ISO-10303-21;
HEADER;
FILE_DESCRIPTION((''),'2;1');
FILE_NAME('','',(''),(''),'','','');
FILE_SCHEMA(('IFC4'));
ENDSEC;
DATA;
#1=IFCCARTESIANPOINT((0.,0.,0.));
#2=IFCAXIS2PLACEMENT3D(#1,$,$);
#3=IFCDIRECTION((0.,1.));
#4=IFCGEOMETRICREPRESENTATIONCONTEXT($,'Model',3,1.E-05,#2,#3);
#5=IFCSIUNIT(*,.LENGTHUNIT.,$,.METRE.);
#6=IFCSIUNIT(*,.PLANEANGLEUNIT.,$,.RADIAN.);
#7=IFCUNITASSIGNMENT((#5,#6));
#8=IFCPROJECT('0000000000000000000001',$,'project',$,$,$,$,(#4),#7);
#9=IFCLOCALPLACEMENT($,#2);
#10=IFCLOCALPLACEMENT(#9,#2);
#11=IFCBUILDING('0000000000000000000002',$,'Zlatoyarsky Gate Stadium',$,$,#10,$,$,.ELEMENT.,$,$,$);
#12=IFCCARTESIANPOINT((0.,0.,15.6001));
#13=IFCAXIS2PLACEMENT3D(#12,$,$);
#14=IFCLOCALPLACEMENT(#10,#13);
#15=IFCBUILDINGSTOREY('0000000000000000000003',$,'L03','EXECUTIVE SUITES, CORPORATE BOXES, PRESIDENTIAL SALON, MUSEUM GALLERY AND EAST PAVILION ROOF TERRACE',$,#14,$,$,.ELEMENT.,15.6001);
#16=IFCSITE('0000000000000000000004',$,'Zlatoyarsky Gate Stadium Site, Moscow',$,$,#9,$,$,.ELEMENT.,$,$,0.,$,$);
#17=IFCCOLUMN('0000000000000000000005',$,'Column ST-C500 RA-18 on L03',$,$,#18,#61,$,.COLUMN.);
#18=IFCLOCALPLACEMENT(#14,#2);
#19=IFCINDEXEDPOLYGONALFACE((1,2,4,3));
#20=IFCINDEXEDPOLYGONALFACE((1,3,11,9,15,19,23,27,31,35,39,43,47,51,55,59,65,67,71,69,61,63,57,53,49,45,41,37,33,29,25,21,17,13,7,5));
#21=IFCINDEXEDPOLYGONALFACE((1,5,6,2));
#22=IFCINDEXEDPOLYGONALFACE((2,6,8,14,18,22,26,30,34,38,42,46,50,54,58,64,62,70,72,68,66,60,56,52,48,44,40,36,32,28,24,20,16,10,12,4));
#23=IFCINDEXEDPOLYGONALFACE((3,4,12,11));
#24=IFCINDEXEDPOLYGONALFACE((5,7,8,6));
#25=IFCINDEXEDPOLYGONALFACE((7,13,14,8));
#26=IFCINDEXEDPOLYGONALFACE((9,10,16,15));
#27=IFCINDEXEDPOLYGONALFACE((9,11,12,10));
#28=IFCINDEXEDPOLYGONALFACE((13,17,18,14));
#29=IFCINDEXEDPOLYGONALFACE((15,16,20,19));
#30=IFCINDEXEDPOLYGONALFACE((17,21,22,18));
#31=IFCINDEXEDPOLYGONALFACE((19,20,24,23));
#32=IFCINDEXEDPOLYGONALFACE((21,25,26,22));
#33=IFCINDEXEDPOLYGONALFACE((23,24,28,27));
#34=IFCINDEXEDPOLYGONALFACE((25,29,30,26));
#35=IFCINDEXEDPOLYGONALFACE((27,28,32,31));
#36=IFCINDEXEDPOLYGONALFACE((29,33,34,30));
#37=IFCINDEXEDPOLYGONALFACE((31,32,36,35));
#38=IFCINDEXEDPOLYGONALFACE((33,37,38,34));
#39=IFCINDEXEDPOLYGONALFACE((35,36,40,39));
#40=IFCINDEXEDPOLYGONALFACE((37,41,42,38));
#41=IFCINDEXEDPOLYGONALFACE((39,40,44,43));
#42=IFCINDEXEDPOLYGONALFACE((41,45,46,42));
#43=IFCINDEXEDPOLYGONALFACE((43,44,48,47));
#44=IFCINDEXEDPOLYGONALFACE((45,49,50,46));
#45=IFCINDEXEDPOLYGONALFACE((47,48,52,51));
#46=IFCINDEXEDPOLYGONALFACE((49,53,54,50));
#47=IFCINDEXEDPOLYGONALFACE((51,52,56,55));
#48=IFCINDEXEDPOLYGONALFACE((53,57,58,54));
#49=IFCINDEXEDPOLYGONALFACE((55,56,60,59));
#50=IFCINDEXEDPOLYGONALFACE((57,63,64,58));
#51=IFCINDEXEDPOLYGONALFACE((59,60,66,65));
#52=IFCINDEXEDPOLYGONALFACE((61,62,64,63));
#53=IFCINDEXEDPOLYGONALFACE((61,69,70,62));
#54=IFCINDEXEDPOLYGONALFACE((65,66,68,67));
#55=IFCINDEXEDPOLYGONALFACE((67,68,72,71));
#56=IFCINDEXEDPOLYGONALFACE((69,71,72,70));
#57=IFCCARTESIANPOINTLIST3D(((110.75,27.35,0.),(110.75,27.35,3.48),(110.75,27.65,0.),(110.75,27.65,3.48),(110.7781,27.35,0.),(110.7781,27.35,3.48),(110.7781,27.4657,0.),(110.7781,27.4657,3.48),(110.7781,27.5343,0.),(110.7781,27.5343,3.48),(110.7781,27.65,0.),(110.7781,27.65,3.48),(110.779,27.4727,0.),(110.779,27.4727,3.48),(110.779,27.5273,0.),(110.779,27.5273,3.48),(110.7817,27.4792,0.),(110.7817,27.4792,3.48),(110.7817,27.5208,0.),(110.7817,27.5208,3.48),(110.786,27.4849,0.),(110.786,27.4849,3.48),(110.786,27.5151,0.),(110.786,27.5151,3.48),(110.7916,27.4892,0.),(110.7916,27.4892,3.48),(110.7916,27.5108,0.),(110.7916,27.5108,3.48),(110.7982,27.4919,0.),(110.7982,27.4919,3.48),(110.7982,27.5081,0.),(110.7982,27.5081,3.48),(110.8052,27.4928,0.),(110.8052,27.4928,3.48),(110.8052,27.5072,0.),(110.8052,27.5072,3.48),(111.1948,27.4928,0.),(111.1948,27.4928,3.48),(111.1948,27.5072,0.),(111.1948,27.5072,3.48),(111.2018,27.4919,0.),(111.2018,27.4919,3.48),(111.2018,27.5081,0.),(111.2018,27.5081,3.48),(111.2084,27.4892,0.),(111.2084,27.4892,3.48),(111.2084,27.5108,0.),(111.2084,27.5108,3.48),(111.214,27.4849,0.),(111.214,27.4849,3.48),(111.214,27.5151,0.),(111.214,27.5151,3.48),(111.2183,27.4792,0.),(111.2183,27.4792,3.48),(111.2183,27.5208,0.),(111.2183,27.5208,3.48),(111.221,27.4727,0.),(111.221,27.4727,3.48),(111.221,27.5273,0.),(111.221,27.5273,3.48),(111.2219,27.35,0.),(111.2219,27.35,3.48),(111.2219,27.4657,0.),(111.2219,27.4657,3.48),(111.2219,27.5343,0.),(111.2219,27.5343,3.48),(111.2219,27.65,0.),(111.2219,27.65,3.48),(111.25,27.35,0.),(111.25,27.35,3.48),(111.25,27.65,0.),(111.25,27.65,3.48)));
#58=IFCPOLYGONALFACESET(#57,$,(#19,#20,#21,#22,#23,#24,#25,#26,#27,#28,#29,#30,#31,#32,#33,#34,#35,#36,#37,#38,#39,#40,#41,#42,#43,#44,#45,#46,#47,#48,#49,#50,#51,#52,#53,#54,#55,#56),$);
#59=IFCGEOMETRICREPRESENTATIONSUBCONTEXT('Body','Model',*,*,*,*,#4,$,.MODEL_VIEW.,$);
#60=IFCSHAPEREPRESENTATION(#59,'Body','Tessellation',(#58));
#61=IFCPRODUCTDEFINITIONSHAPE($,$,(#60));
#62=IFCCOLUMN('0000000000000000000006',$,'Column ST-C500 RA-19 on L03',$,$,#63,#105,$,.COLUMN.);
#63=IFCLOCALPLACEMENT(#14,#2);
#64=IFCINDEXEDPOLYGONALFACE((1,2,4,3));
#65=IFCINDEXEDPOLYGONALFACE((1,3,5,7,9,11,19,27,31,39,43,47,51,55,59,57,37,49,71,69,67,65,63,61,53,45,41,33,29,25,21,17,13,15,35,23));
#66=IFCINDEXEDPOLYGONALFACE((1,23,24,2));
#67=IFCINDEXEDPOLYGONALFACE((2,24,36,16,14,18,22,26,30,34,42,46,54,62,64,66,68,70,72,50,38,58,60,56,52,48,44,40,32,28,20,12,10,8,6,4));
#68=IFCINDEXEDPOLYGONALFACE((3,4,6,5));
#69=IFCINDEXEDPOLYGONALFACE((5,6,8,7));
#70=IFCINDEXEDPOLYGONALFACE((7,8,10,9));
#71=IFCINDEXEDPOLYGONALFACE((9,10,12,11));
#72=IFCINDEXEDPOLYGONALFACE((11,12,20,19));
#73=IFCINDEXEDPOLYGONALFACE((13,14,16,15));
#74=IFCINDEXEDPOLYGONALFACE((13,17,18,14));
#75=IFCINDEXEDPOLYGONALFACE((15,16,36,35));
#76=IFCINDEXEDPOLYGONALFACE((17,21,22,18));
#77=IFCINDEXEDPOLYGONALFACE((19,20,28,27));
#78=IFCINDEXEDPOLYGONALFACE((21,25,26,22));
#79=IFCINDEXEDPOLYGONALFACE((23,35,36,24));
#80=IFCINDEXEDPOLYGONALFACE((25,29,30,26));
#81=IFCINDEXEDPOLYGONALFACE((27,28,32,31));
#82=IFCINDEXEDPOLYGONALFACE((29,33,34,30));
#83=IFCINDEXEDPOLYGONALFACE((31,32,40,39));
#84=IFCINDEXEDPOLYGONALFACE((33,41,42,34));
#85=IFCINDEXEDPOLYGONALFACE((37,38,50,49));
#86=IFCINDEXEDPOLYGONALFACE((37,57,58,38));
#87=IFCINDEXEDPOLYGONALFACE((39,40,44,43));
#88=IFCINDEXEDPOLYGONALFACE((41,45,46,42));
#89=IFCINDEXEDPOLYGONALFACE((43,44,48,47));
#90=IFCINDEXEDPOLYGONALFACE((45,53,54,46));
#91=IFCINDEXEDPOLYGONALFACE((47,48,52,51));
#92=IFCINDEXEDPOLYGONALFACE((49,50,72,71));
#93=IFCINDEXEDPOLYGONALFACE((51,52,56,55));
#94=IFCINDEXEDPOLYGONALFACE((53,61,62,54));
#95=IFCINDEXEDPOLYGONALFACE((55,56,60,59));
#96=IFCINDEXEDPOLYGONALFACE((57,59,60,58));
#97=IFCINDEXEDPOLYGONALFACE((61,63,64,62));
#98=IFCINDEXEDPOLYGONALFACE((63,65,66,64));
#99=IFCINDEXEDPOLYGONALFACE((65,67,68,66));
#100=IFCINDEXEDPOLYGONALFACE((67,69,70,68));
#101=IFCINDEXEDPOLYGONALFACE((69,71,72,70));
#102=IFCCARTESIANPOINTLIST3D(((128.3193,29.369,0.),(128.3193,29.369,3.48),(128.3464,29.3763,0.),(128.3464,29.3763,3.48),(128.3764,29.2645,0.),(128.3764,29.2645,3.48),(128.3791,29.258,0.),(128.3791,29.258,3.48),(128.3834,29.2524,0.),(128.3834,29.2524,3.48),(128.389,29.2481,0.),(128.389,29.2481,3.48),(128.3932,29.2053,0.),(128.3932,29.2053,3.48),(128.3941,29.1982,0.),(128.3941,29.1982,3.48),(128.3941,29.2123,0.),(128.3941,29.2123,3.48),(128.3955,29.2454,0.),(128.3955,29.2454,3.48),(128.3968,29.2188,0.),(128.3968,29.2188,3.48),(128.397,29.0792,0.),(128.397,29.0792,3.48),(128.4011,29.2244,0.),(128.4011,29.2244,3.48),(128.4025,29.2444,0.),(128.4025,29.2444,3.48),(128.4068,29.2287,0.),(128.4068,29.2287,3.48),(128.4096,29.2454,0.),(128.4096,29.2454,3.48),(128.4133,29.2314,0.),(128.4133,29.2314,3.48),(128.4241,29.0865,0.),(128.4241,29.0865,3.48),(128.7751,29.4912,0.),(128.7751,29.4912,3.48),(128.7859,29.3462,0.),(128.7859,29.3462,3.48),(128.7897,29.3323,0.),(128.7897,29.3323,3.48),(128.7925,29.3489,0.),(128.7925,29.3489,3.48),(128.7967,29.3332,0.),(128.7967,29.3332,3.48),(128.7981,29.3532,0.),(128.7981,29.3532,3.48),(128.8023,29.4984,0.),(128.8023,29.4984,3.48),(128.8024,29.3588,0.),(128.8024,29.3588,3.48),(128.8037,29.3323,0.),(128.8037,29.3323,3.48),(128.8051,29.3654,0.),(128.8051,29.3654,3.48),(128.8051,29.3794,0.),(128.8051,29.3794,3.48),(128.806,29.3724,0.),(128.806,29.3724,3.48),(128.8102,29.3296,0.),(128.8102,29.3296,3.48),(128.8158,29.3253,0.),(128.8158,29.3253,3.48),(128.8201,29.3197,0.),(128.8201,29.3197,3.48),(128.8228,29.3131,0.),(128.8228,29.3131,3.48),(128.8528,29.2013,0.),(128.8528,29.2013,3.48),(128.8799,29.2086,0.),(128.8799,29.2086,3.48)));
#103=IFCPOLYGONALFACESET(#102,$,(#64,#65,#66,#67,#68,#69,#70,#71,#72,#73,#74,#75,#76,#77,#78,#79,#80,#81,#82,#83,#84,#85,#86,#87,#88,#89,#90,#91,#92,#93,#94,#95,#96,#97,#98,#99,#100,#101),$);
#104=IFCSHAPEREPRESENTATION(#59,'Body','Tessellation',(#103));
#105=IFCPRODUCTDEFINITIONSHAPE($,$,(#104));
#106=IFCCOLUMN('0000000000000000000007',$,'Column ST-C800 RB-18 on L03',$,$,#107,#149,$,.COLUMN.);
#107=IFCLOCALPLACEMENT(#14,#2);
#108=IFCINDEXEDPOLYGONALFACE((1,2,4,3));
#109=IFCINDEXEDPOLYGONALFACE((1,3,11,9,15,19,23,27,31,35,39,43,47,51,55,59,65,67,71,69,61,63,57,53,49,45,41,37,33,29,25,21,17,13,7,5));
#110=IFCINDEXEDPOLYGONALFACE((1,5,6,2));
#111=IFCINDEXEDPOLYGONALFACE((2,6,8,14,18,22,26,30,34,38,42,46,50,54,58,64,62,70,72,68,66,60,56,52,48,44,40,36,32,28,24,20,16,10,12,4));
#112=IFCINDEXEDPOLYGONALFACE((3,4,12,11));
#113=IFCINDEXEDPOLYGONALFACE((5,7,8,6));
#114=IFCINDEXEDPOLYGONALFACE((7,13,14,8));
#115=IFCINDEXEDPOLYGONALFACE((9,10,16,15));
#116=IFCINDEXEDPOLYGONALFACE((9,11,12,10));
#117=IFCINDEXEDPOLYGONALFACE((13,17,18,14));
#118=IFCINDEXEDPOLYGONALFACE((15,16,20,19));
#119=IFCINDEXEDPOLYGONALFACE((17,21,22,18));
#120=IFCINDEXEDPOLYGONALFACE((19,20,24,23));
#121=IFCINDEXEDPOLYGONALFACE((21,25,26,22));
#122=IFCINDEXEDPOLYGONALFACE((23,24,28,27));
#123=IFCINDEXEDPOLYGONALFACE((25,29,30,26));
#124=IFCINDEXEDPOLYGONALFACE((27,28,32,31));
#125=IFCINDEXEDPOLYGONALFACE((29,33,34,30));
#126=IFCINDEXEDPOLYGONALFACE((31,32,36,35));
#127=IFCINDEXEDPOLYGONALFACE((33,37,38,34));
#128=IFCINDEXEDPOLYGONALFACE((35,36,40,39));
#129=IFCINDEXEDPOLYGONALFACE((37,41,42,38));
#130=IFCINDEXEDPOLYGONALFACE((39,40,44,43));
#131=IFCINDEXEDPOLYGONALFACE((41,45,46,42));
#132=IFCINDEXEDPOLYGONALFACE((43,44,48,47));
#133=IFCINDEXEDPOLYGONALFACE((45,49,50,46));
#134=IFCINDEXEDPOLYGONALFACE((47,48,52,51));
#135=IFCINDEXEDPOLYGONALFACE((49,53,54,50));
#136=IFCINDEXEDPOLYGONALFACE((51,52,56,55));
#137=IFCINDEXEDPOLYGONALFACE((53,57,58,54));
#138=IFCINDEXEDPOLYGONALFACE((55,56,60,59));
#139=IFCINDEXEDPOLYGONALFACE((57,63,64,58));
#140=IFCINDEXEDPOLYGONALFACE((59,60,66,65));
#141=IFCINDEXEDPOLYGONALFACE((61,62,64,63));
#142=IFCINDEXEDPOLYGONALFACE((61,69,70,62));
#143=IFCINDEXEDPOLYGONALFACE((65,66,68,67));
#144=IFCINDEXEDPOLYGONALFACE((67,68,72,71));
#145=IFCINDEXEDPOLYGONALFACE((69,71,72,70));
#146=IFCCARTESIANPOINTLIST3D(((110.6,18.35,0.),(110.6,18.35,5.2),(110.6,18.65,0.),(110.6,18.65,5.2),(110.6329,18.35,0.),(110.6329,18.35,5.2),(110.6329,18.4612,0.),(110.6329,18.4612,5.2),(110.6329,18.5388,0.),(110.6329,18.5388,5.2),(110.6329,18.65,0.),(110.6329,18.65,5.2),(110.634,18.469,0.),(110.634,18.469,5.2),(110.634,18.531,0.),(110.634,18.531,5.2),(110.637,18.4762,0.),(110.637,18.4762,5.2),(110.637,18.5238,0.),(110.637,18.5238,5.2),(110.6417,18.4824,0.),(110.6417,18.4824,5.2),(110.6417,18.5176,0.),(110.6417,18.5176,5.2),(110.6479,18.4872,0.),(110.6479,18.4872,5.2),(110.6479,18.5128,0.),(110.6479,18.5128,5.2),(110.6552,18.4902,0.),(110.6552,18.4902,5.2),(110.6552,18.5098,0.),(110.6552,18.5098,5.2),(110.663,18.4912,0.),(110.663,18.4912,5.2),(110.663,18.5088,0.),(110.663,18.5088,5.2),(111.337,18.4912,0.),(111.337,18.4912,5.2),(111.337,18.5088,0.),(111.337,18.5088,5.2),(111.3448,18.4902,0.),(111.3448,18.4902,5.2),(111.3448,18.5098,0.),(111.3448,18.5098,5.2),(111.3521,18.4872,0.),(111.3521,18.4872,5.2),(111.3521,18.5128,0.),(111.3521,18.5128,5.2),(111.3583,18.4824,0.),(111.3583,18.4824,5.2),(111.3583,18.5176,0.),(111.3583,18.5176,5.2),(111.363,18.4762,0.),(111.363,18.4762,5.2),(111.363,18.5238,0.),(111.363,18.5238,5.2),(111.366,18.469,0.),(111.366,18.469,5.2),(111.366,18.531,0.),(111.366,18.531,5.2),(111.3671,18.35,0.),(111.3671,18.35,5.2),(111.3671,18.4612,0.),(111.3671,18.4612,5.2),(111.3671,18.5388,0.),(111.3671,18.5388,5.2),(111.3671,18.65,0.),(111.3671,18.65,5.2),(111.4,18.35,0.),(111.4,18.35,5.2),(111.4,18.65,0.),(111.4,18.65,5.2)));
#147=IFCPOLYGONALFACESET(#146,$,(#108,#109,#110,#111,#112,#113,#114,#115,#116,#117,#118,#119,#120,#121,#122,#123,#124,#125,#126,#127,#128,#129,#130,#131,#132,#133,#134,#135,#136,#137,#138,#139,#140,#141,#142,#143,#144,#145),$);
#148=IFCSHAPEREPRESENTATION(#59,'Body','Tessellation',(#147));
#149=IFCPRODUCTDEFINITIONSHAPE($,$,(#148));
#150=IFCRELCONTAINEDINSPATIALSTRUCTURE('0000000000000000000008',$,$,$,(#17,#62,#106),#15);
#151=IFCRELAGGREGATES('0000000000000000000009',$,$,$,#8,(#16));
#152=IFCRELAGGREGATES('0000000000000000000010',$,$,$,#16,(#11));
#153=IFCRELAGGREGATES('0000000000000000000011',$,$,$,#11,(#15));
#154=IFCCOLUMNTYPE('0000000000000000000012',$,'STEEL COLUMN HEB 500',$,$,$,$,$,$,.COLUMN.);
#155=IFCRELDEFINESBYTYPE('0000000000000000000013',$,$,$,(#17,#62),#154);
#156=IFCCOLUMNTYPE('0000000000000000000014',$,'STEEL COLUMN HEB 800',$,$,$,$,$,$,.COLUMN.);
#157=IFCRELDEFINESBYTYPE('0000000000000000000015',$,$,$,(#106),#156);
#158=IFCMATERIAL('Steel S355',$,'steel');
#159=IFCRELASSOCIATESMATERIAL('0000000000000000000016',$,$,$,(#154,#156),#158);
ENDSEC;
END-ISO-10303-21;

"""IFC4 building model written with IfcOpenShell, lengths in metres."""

from ifc_helpers import new_model, si_unit, direction, frame, origin, origin_2d, place, context, subcontext, project, spatial, i_section, extrude, material, material_profile, profile_set, type_object, element, save


model = new_model("IFC4")

# Units and contexts
model_context = context("Model", 3, precision=1e-05, world=origin(), true_north=direction((0.0, 1.0)))
body_context = subcontext(model_context, "Body", "Model", "MODEL_VIEW")
ifc_project = project(units=[si_unit("LENGTHUNIT", "METRE"), si_unit("PLANEANGLEUNIT", "RADIAN")], contexts=[model_context])

# Site, building, storey
site_placement = place(None, origin())
site = spatial("IfcSite", under=ifc_project, at=site_placement, Name="Zlatoyarsky Gate Stadium Site, Moscow", CompositionType="ELEMENT", RefElevation=0.0)
building_placement = place(site_placement, origin())
building = spatial("IfcBuilding", under=site, at=building_placement, Name="Zlatoyarsky Gate Stadium", CompositionType="ELEMENT")
storey_placement = place(building_placement, frame((0.0, 0.0, 15.6001)))
storey = spatial("IfcBuildingStorey", under=building, at=storey_placement, Name="L03", Description="EXECUTIVE SUITES, CORPORATE BOXES, PRESIDENTIAL SALON, MUSEUM GALLERY AND EAST PAVILION ROOF TERRACE", CompositionType="ELEMENT", Elevation=15.6001)

# Columns
ifc_material_1 = material(Name="Steel S355", Category="steel")
ifc_material_profile_1 = material_profile(ifc_material_1, i_section(OverallWidth=0.3, OverallDepth=0.5, WebThickness=0.0144, FlangeThickness=0.0281, FilletRadius=0.0271, at=origin_2d()), Name="HEB 500")
ifc_profile_set_1 = profile_set([ifc_material_profile_1], Name="Steel S355")
column_type_1 = type_object("IfcColumnType", Name="STEEL COLUMN HEB 500", PredefinedType="COLUMN", material=ifc_profile_set_1)
for number, where, z_axis, x_axis, name in (
    (1, (111.0, 27.5, 0.0), (0.0, 0.0, 1.0), (0.0, -1.0, 0.0), "Column ST-C500 RA-18 on L03"),
    (2, (128.5996, 29.2888, 0.0), (0.0, 0.0, 1.0), (0.258819, -0.965926, 0.0), "Column ST-C500 RA-19 on L03"),
):
    element("IfcColumn", number, at=place(storey_placement, frame(where, z_axis=z_axis, x_axis=x_axis)), inside=storey, type_object=column_type_1, Name=name, PredefinedType="COLUMN", context=body_context, shape_type="SweptSolid", body=[
        extrude(i_section(OverallWidth=0.3, OverallDepth=0.5, WebThickness=0.0144, FlangeThickness=0.0281, FilletRadius=0.0271, at=origin_2d()), origin(), (0.0, 0.0, 1.0), 3.48),
    ])
ifc_material_profile_2 = material_profile(ifc_material_1, i_section(OverallWidth=0.3, OverallDepth=0.8, WebThickness=0.0176, FlangeThickness=0.033, FilletRadius=0.03, at=origin_2d()), Name="HEB 800")
ifc_profile_set_2 = profile_set([ifc_material_profile_2], Name="Steel S355")
column_type_2 = type_object("IfcColumnType", Name="STEEL COLUMN HEB 800", PredefinedType="COLUMN", material=ifc_profile_set_2)
column_placement = place(storey_placement, frame((111.0, 18.5, 0.0), z_axis=(0.0, 0.0, 1.0), x_axis=(0.0, -1.0, 0.0)))
element("IfcColumn", 3, at=column_placement, inside=storey, type_object=column_type_2, Name="Column ST-C800 RB-18 on L03", PredefinedType="COLUMN", context=body_context, shape_type="SweptSolid", body=[
    extrude(i_section(OverallWidth=0.3, OverallDepth=0.8, WebThickness=0.0176, FlangeThickness=0.033, FilletRadius=0.03, at=origin_2d()), origin(), (0.0, 0.0, 1.0), 5.2),
])

save(model, "model.ifc")
